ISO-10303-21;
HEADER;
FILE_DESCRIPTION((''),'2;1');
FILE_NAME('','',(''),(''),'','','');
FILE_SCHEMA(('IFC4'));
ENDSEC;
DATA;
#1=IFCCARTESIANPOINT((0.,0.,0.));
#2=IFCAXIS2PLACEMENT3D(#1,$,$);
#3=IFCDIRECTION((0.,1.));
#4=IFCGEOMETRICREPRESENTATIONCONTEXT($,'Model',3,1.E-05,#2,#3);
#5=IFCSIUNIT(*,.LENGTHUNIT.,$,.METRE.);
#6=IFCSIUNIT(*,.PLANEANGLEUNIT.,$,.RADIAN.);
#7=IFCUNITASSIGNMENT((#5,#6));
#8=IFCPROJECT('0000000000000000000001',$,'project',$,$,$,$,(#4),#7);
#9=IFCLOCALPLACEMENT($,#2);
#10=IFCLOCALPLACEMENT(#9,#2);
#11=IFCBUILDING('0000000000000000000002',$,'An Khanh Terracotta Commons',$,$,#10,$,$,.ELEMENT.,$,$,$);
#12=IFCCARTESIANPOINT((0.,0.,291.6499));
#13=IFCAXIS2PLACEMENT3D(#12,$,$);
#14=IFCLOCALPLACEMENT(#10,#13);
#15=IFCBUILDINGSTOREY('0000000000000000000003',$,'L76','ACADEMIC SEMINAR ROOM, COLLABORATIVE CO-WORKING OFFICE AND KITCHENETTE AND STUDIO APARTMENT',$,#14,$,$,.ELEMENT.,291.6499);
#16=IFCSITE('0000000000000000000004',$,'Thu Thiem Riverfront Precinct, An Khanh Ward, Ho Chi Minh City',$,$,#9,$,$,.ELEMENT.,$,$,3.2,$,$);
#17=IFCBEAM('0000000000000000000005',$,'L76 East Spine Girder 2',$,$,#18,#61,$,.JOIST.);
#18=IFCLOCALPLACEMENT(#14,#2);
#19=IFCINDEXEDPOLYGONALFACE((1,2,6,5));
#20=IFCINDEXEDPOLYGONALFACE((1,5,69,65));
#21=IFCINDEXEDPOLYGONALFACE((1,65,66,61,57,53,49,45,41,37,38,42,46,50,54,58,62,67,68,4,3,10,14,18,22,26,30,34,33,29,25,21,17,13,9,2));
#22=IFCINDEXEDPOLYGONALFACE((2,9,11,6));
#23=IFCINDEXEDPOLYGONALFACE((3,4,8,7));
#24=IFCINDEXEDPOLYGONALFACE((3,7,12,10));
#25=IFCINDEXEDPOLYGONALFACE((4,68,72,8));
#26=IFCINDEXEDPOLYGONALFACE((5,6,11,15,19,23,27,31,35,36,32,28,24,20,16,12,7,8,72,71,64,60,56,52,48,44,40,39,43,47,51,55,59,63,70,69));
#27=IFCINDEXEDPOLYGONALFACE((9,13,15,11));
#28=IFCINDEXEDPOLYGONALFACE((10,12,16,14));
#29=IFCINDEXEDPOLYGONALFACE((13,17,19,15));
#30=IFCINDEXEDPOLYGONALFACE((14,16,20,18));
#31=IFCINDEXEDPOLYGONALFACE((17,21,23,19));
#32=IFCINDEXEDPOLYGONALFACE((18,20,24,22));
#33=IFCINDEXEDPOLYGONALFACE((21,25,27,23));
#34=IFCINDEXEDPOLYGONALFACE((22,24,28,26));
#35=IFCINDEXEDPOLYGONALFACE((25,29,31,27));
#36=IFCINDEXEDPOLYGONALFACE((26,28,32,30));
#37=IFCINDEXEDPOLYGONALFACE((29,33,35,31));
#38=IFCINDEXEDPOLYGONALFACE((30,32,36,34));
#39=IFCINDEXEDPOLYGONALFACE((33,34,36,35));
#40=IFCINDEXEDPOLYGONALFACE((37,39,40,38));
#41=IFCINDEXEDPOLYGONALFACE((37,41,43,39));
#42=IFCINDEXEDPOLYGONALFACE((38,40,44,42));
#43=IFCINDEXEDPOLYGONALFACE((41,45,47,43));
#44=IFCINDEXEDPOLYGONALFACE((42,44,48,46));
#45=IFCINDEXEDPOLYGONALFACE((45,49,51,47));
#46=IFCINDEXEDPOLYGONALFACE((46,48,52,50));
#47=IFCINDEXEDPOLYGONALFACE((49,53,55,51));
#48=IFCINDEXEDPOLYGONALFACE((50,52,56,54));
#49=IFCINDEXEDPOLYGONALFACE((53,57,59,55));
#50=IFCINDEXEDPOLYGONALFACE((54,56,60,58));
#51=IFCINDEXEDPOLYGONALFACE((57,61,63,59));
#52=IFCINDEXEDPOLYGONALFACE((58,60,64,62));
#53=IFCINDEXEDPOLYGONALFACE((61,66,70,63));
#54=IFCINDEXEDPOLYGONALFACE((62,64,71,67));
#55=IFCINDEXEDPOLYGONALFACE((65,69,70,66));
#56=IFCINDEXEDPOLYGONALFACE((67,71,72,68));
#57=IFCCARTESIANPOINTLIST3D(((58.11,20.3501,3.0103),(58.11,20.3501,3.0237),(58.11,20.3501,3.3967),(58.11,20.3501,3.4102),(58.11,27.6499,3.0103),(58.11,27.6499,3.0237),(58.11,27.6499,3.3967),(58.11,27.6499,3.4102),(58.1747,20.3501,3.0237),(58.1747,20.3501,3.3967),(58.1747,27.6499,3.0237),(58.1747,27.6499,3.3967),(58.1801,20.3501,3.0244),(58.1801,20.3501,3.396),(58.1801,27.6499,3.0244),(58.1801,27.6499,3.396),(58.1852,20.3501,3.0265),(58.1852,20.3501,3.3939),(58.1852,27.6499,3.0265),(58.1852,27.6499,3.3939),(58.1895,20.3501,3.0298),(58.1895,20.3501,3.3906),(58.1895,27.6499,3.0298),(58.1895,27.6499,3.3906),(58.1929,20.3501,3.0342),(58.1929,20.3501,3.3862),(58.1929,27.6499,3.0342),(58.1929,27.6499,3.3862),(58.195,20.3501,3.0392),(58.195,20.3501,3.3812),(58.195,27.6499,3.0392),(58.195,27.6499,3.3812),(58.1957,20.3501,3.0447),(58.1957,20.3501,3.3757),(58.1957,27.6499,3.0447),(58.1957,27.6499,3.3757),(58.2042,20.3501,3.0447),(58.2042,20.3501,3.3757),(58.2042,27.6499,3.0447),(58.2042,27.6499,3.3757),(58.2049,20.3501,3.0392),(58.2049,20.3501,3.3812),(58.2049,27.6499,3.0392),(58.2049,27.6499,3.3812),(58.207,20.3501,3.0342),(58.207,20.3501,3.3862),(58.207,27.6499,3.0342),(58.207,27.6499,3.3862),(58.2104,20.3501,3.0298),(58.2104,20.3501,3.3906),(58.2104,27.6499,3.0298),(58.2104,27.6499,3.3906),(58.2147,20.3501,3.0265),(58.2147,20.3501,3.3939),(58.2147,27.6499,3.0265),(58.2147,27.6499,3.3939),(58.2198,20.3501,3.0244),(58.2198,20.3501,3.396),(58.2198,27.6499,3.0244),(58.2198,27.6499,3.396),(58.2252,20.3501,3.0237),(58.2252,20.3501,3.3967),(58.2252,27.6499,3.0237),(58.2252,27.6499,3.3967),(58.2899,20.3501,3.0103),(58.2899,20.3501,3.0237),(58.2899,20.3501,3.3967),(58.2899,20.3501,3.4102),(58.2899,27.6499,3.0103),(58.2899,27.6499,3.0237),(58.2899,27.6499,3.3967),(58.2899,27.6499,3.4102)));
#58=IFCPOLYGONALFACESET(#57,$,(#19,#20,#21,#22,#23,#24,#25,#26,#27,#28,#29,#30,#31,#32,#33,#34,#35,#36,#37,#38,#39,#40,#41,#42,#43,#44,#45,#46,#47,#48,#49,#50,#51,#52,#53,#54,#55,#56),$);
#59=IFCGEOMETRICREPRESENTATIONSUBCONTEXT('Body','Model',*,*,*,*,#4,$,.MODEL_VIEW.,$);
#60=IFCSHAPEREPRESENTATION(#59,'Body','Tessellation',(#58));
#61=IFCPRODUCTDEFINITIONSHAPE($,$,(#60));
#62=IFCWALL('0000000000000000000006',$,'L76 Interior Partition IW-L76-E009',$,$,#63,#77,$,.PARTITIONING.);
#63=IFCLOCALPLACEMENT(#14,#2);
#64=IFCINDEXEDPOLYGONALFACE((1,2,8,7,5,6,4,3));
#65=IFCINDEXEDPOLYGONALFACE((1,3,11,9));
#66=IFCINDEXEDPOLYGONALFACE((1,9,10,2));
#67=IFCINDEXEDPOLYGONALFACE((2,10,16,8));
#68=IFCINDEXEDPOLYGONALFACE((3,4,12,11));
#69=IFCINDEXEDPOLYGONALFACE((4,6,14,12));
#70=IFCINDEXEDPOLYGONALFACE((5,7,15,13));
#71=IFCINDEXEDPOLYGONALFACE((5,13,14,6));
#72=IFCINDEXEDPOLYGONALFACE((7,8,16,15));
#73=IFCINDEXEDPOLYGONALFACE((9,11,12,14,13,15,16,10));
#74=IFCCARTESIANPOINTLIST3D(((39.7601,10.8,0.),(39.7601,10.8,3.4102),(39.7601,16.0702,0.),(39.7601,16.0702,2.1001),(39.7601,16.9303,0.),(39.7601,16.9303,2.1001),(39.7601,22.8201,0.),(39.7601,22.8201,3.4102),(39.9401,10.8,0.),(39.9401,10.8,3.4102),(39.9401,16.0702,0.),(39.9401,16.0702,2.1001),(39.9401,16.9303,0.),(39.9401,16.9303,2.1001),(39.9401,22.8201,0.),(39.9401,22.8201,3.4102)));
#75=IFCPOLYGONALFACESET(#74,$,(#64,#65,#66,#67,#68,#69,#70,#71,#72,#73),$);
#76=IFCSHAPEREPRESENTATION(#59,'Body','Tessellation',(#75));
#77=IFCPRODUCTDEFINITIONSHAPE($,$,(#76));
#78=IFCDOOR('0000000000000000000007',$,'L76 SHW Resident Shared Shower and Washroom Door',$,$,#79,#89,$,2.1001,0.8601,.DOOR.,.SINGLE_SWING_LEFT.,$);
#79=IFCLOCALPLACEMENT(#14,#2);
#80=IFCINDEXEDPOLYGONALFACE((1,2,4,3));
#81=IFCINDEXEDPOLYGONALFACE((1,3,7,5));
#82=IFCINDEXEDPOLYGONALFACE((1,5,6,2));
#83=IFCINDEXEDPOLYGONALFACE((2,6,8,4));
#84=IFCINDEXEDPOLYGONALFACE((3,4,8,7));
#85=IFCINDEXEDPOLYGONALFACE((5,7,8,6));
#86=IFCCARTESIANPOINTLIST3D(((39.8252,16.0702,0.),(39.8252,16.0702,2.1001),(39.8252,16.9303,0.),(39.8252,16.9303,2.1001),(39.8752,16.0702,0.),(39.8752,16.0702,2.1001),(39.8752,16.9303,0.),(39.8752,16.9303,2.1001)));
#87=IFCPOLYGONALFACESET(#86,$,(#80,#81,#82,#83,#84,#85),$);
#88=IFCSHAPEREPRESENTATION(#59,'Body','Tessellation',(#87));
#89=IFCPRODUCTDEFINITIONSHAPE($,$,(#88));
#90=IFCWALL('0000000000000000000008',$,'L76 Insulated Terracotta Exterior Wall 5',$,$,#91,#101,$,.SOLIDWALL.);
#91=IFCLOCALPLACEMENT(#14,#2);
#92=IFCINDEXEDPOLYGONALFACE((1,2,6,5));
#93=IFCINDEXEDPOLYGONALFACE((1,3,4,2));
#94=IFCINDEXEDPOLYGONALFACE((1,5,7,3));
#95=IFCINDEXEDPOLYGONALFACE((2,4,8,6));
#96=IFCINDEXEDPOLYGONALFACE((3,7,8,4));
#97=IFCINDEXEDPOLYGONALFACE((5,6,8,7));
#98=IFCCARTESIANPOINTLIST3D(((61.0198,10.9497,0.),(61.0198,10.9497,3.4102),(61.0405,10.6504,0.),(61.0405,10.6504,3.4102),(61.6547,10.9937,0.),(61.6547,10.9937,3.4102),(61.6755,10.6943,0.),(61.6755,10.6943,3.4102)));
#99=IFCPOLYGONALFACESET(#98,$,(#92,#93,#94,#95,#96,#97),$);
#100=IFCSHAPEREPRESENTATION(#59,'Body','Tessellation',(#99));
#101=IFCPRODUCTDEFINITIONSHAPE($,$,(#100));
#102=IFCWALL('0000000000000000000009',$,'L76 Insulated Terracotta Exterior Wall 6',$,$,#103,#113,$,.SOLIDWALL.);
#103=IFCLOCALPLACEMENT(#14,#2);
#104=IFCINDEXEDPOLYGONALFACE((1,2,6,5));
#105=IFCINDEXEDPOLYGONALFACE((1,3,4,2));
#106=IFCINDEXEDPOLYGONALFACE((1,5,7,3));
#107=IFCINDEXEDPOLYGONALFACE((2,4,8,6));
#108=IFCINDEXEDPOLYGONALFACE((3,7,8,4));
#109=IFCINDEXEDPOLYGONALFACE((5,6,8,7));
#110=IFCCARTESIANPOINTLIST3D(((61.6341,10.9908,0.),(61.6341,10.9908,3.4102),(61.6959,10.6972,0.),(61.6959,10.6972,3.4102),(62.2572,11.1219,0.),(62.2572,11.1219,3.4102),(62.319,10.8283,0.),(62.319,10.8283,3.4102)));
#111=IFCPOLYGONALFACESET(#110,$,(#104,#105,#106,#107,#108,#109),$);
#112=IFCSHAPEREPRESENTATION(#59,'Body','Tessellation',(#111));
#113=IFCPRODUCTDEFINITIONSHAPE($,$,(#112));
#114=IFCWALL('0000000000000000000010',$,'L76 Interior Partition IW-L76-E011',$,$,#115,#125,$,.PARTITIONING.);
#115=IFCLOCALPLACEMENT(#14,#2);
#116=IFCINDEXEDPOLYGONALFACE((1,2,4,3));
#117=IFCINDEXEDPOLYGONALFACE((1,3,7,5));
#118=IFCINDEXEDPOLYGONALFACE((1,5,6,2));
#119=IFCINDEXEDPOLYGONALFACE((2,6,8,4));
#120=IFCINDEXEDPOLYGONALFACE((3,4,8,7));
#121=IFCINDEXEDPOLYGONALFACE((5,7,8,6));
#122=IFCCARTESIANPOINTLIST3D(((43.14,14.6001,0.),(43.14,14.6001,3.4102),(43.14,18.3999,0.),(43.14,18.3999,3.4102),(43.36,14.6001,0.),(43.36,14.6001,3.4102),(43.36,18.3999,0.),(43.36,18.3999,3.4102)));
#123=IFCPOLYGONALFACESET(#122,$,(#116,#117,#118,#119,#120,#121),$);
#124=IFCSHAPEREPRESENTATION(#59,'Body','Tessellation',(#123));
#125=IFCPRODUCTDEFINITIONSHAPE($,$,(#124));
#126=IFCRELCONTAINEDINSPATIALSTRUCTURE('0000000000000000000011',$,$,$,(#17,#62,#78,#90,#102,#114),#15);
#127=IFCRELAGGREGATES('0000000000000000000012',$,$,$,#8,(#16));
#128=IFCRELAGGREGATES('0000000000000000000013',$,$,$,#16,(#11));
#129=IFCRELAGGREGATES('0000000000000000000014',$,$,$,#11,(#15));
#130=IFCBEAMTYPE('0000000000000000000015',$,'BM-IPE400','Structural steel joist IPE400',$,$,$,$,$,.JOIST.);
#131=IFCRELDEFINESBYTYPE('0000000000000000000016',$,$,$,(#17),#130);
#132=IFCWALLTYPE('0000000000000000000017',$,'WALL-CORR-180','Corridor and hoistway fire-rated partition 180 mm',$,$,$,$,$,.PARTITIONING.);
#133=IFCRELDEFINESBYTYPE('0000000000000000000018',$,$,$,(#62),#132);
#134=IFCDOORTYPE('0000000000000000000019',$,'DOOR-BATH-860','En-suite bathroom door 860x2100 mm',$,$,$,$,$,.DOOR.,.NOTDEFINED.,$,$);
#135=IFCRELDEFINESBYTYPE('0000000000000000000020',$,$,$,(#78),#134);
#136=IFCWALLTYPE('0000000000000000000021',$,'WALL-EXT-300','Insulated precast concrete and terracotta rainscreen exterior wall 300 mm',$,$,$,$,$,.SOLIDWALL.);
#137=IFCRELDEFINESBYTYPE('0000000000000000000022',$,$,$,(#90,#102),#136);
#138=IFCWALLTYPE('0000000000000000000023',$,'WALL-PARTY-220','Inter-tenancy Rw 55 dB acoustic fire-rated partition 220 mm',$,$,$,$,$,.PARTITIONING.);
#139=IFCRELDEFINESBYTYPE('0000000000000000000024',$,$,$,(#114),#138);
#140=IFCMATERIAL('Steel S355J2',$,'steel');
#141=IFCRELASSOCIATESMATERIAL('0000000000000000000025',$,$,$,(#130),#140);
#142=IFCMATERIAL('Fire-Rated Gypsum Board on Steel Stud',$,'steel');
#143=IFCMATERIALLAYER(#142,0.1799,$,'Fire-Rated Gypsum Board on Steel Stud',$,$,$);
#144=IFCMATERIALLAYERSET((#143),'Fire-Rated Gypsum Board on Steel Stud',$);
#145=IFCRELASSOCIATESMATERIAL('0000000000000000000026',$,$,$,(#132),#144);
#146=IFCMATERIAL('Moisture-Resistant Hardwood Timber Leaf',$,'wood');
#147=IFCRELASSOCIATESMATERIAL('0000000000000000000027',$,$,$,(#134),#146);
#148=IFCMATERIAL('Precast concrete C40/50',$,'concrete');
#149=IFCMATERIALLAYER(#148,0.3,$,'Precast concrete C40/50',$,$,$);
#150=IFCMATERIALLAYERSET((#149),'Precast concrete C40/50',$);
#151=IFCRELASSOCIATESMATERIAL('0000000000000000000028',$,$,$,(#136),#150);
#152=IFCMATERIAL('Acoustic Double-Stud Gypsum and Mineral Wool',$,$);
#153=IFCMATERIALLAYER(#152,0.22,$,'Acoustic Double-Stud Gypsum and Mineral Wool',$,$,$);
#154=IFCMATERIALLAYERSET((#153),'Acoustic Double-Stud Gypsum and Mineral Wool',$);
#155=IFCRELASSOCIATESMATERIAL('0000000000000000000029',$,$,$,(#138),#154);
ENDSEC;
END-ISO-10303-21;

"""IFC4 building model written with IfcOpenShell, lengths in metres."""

from ifc_helpers import new_model, si_unit, direction, frame, frame_2d, origin, origin_2d, place, context, subcontext, project, spatial, rectangle, i_section, extrude, material, layer, layer_set, material_profile, profile_set, type_object, element, fill, save


model = new_model("IFC4")

# Units and contexts
model_context = context("Model", 3, precision=1e-05, world=origin(), true_north=direction((0.0, 1.0)))
body_context = subcontext(model_context, "Body", "Model", "MODEL_VIEW")
ifc_project = project(units=[si_unit("LENGTHUNIT", "METRE"), si_unit("PLANEANGLEUNIT", "RADIAN")], contexts=[model_context])

# Site, building, storey
site_placement = place(None, origin())
site = spatial("IfcSite", under=ifc_project, at=site_placement, Name="Thu Thiem Riverfront Precinct, An Khanh Ward, Ho Chi Minh City", CompositionType="ELEMENT", RefElevation=3.2)
building_placement = place(site_placement, origin())
building = spatial("IfcBuilding", under=site, at=building_placement, Name="An Khanh Terracotta Commons", CompositionType="ELEMENT")
storey_placement = place(building_placement, frame((0.0, 0.0, 291.6499)))
storey = spatial("IfcBuildingStorey", under=building, at=storey_placement, Name="L76", Description="ACADEMIC SEMINAR ROOM, COLLABORATIVE CO-WORKING OFFICE AND KITCHENETTE AND STUDIO APARTMENT", CompositionType="ELEMENT", Elevation=291.6499)

# Beam
ifc_material_1 = material(Name="Steel S355J2", Category="steel")
ifc_material_profile_1 = material_profile(ifc_material_1, i_section(OverallWidth=0.1799, OverallDepth=0.3999, WebThickness=0.0085, FlangeThickness=0.0134, FilletRadius=0.021, at=origin_2d()), Name="IPE400")
ifc_profile_set_1 = profile_set([ifc_material_profile_1], Name="Steel S355J2")
beam_type_1 = type_object("IfcBeamType", Name="BM-IPE400", Description="Structural steel joist IPE400", PredefinedType="JOIST", material=ifc_profile_set_1)
beam_1_placement = place(storey_placement, frame((58.2, 20.3501, 3.2102), z_axis=(0.0, 1.0, 0.0), x_axis=(-1.0, 0.0, 0.0)))
element("IfcBeam", 1, at=beam_1_placement, inside=storey, type_object=beam_type_1, Name="L76 East Spine Girder 2", PredefinedType="JOIST", context=body_context, shape_type="SweptSolid", body=[
    extrude(i_section(OverallWidth=0.1799, OverallDepth=0.3999, WebThickness=0.0085, FlangeThickness=0.0134, FilletRadius=0.021, at=origin_2d()), origin(), (0.0, 0.0, 1.0), 7.2998),
])

# Wall, opening, door
ifc_material_2 = material(Name="Fire-Rated Gypsum Board on Steel Stud", Category="steel")
ifc_layer_1 = layer(ifc_material_2, 0.1799, Name="Fire-Rated Gypsum Board on Steel Stud")
ifc_layer_set_1 = layer_set([ifc_layer_1], Name="Fire-Rated Gypsum Board on Steel Stud")
wall_type_1 = type_object("IfcWallType", Name="WALL-CORR-180", Description="Corridor and hoistway fire-rated partition 180 mm", PredefinedType="PARTITIONING", material=ifc_layer_set_1)
wall_1_placement = place(storey_placement, frame((39.8501, 10.8, 0.0), z_axis=(0.0, 0.0, 1.0), x_axis=(0.0, 1.0, 0.0)))
wall_1 = element("IfcWall", 2, at=wall_1_placement, inside=storey, type_object=wall_type_1, Name="L76 Interior Partition IW-L76-E009", PredefinedType="PARTITIONING", context=body_context, shape_type="SweptSolid", body=[
    extrude(rectangle(XDim=12.02, YDim=0.1799, at=frame_2d((6.01, 0.0))), origin(), (0.0, 0.0, 1.0), 3.4102),
])
opening_placement = place(wall_1_placement, frame((5.27, 0.0, 0.0)))
opening = element("IfcOpeningElement", 3, at=opening_placement, cuts=wall_1, PredefinedType="OPENING", context=body_context, shape_type="SweptSolid", body=[
    extrude(rectangle(XDim=0.8601, YDim=2.1001, at=frame_2d((0.4302, 1.05))), frame((0.0, 0.0999, 0.0), z_axis=(0.0, -1.0, 0.0), x_axis=(1.0, 0.0, 0.0)), (0.0, 0.0, 1.0), 0.2),
])
ifc_material_3 = material(Name="Moisture-Resistant Hardwood Timber Leaf", Category="wood")
door_type = type_object("IfcDoorType", Name="DOOR-BATH-860", Description="En-suite bathroom door 860x2100 mm", OperationType="NOTDEFINED", PredefinedType="DOOR", material=ifc_material_3)
door_placement = place(opening_placement, origin())
door = element("IfcDoor", 4, at=door_placement, inside=storey, type_object=door_type, Name="L76 SHW Resident Shared Shower and Washroom Door", OperationType="SINGLE_SWING_LEFT", OverallHeight=2.1001, OverallWidth=0.8601, PredefinedType="DOOR", context=body_context, shape_type="SweptSolid", body=[
    extrude(rectangle(XDim=0.8601, YDim=2.1001, at=frame_2d((0.4302, 1.05))), frame((0.0, 0.0249, 0.0), z_axis=(0.0, -1.0, 0.0), x_axis=(1.0, 0.0, 0.0)), (0.0, 0.0, 1.0), 0.05),
])
fill(opening, door)

# Walls
ifc_material_4 = material(Name="Precast concrete C40/50", Category="concrete")
ifc_layer_2 = layer(ifc_material_4, 0.3, Name="Precast concrete C40/50")
ifc_layer_set_2 = layer_set([ifc_layer_2], Name="Precast concrete C40/50")
wall_type_2 = type_object("IfcWallType", Name="WALL-EXT-300", Description="Insulated precast concrete and terracotta rainscreen exterior wall 300 mm", PredefinedType="SOLIDWALL", material=ifc_layer_set_2)
wall_2_placement = place(storey_placement, frame((61.03, 10.8, 0.0), z_axis=(0.0, 0.0, 1.0), x_axis=(0.997614, 0.069039, 0.0)))
element("IfcWall", 5, at=wall_2_placement, inside=storey, type_object=wall_type_2, Name="L76 Insulated Terracotta Exterior Wall 5", PredefinedType="SOLIDWALL", context=body_context, shape_type="SweptSolid", body=[
    extrude(rectangle(XDim=0.6365, YDim=0.3, at=frame_2d((0.3184, 0.0))), origin(), (0.0, 0.0, 1.0), 3.4102),
])
wall_3_placement = place(storey_placement, frame((61.665, 10.844, 0.0), z_axis=(0.0, 0.0, 1.0), x_axis=(0.97857, 0.205914, 0.0)))
element("IfcWall", 6, at=wall_3_placement, inside=storey, type_object=wall_type_2, Name="L76 Insulated Terracotta Exterior Wall 6", PredefinedType="SOLIDWALL", context=body_context, shape_type="SweptSolid", body=[
    extrude(rectangle(XDim=0.6367, YDim=0.3, at=frame_2d((0.3184, 0.0))), origin(), (0.0, 0.0, 1.0), 3.4102),
])
ifc_material_5 = material(Name="Acoustic Double-Stud Gypsum and Mineral Wool")
ifc_layer_3 = layer(ifc_material_5, 0.22, Name="Acoustic Double-Stud Gypsum and Mineral Wool")
ifc_layer_set_3 = layer_set([ifc_layer_3], Name="Acoustic Double-Stud Gypsum and Mineral Wool")
wall_type_3 = type_object("IfcWallType", Name="WALL-PARTY-220", Description="Inter-tenancy Rw 55 dB acoustic fire-rated partition 220 mm", PredefinedType="PARTITIONING", material=ifc_layer_set_3)
wall_4_placement = place(storey_placement, frame((43.25, 14.6001, 0.0), z_axis=(0.0, 0.0, 1.0), x_axis=(0.0, 1.0, 0.0)))
element("IfcWall", 7, at=wall_4_placement, inside=storey, type_object=wall_type_3, Name="L76 Interior Partition IW-L76-E011", PredefinedType="PARTITIONING", context=body_context, shape_type="SweptSolid", body=[
    extrude(rectangle(XDim=3.7998, YDim=0.22, at=frame_2d((1.8999, 0.0))), origin(), (0.0, 0.0, 1.0), 3.4102),
])

save(model, "model.ifc")
